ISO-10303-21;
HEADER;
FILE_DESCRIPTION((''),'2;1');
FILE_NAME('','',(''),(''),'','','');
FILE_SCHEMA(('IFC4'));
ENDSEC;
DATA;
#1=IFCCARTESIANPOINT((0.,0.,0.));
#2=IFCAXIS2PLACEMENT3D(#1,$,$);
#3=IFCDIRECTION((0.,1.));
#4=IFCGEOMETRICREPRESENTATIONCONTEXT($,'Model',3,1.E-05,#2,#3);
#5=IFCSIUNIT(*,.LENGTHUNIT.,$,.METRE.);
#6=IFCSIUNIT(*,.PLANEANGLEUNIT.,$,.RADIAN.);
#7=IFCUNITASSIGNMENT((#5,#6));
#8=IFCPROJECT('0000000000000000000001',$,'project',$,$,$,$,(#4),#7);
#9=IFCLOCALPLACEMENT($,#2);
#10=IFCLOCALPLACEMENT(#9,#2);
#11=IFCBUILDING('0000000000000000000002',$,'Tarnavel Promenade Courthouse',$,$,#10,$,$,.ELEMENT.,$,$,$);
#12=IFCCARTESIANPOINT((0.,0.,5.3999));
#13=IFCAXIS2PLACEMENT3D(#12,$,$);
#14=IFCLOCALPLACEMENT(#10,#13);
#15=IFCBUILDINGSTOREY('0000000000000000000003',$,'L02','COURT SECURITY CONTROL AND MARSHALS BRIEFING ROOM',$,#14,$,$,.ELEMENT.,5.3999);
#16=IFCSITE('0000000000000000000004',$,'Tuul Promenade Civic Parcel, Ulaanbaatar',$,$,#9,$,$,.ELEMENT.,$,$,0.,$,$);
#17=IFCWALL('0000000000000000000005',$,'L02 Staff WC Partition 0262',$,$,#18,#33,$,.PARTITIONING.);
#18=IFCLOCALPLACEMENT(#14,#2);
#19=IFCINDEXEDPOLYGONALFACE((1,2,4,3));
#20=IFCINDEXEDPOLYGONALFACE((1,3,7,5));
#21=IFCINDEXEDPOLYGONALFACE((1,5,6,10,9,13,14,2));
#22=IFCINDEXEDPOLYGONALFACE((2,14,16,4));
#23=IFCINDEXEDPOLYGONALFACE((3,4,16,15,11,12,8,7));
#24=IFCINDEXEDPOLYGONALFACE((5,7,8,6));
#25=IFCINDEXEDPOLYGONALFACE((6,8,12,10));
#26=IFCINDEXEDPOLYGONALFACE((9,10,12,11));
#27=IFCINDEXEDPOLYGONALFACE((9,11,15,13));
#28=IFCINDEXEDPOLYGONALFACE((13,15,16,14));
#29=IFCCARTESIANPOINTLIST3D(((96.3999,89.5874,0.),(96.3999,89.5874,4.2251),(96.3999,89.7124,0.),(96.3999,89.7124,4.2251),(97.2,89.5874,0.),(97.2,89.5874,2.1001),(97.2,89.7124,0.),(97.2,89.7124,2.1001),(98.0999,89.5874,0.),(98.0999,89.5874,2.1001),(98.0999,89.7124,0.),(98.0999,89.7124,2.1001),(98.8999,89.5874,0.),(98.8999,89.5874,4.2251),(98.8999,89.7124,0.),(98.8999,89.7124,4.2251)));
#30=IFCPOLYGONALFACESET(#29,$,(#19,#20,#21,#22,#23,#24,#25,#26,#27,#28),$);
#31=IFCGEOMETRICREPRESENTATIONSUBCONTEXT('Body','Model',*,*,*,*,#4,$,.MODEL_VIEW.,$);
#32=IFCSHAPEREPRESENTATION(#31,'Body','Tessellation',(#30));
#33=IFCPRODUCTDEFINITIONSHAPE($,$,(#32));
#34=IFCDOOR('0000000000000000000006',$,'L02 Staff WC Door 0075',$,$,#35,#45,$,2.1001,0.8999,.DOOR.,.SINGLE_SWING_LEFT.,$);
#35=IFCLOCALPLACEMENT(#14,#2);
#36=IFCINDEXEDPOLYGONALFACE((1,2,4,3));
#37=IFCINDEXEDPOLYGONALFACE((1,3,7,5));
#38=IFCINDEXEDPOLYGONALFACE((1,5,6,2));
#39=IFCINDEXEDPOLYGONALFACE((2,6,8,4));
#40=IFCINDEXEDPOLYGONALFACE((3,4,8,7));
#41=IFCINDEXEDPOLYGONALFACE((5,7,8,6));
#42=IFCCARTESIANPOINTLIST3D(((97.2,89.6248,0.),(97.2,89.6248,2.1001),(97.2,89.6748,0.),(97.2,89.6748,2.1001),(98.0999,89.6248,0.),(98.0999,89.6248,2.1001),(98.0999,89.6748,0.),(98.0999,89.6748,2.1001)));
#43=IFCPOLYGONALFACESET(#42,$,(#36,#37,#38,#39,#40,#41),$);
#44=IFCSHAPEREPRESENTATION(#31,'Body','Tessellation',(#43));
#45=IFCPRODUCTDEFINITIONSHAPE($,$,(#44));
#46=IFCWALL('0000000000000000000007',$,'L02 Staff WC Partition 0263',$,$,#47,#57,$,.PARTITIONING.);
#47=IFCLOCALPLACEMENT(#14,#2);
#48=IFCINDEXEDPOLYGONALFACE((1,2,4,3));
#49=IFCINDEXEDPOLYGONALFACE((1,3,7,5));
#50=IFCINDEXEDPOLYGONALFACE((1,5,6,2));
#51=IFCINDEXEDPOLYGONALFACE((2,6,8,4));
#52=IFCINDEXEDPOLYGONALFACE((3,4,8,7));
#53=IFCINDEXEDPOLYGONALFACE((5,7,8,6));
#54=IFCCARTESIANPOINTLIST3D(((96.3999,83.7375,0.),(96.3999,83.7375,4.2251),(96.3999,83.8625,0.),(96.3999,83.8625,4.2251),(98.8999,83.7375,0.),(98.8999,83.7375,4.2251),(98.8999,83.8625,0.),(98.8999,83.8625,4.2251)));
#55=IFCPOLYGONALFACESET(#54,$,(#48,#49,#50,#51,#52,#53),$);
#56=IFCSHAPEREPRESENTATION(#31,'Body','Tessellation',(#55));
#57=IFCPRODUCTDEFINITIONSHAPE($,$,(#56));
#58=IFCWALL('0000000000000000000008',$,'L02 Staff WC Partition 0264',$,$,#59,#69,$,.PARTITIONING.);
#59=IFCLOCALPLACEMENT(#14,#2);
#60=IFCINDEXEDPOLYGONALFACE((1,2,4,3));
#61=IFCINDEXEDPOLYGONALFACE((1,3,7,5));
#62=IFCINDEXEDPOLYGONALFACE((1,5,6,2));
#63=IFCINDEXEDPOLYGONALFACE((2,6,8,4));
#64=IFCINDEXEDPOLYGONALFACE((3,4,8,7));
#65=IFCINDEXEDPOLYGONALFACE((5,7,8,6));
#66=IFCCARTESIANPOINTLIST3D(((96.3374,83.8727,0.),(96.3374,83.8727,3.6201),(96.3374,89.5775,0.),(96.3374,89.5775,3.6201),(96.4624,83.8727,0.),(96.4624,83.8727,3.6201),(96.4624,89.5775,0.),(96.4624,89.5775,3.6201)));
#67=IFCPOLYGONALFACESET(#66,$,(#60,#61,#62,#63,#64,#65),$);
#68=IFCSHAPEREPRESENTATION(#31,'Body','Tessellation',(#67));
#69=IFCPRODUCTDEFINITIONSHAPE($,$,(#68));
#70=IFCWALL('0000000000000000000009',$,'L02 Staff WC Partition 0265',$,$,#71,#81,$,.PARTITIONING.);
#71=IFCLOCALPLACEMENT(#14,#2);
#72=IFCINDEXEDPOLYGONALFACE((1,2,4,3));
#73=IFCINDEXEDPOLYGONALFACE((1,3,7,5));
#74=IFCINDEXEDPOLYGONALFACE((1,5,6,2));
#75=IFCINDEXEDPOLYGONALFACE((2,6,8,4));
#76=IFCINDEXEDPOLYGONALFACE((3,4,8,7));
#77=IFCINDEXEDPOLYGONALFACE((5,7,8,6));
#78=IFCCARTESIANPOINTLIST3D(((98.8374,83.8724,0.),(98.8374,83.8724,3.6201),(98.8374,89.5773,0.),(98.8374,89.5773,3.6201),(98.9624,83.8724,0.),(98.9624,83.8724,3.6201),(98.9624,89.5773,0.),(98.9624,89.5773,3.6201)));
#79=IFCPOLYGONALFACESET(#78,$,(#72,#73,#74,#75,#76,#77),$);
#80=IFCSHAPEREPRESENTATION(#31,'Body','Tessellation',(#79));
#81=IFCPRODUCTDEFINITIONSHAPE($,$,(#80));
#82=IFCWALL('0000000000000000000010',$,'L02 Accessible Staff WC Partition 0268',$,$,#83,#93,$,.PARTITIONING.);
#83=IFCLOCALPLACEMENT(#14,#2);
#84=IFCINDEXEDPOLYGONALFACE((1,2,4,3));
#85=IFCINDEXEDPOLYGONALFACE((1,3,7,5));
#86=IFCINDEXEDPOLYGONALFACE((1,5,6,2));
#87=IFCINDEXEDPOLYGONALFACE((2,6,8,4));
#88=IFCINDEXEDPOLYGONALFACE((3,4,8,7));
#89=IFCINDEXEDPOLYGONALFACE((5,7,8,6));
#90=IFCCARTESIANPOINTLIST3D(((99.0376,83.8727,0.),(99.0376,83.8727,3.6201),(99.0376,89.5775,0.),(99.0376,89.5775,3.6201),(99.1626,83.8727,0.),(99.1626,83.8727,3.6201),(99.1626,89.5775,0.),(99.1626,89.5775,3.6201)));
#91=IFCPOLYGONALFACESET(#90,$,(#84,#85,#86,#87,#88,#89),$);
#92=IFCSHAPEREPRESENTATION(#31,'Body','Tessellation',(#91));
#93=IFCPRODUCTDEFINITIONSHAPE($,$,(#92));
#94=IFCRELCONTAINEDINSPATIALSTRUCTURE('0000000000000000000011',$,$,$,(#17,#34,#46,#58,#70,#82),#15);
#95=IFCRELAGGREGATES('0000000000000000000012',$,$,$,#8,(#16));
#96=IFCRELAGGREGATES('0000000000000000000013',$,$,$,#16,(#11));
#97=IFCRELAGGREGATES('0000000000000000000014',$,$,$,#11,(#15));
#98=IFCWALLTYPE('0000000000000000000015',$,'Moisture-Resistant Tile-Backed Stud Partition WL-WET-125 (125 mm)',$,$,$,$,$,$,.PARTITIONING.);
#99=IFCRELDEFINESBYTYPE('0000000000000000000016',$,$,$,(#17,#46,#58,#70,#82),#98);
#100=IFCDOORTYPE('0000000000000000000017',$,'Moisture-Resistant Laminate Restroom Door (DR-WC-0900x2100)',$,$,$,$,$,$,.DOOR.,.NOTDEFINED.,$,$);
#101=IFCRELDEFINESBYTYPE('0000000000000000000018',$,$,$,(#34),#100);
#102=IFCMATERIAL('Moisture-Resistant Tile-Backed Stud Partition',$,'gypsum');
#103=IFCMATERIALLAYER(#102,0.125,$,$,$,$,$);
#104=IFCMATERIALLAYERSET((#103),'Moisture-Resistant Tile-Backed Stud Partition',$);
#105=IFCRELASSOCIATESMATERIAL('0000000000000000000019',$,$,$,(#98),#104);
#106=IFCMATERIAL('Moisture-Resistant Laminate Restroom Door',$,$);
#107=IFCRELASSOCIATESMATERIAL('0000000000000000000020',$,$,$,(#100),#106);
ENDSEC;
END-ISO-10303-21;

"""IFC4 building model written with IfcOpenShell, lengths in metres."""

from ifc_helpers import new_model, si_unit, direction, frame, frame_2d, origin, place, context, subcontext, project, spatial, rectangle, extrude, material, layer, layer_set, type_object, element, fill, save


model = new_model("IFC4")

# Units and contexts
model_context = context("Model", 3, precision=1e-05, world=origin(), true_north=direction((0.0, 1.0)))
body_context = subcontext(model_context, "Body", "Model", "MODEL_VIEW")
ifc_project = project(units=[si_unit("LENGTHUNIT", "METRE"), si_unit("PLANEANGLEUNIT", "RADIAN")], contexts=[model_context])

# Site, building, storey
site_placement = place(None, origin())
site = spatial("IfcSite", under=ifc_project, at=site_placement, Name="Tuul Promenade Civic Parcel, Ulaanbaatar", CompositionType="ELEMENT", RefElevation=0.0)
building_placement = place(site_placement, origin())
building = spatial("IfcBuilding", under=site, at=building_placement, Name="Tarnavel Promenade Courthouse", CompositionType="ELEMENT")
storey_placement = place(building_placement, frame((0.0, 0.0, 5.3999)))
storey = spatial("IfcBuildingStorey", under=building, at=storey_placement, Name="L02", Description="COURT SECURITY CONTROL AND MARSHALS BRIEFING ROOM", CompositionType="ELEMENT", Elevation=5.3999)

# Wall, opening, door
ifc_material_1 = material(Name="Moisture-Resistant Tile-Backed Stud Partition", Category="gypsum")
ifc_layer_1 = layer(ifc_material_1, 0.125)
ifc_layer_set_1 = layer_set([ifc_layer_1], Name="Moisture-Resistant Tile-Backed Stud Partition")
wall_type_1 = type_object("IfcWallType", Name="Moisture-Resistant Tile-Backed Stud Partition WL-WET-125 (125 mm)", PredefinedType="PARTITIONING", material=ifc_layer_set_1)
wall_1_placement = place(storey_placement, frame((96.3999, 89.6499, 0.0), z_axis=(0.0, 0.0, 1.0), x_axis=(1.0, 0.0, 0.0)))
wall_1 = element("IfcWall", 1, at=wall_1_placement, inside=storey, type_object=wall_type_1, Name="L02 Staff WC Partition 0262", PredefinedType="PARTITIONING", context=body_context, shape_type="SweptSolid", body=[
    extrude(rectangle(XDim=2.5, YDim=0.125, at=frame_2d((1.25, 0.0))), origin(), (0.0, 0.0, 1.0), 4.2251),
])
opening_1_placement = place(wall_1_placement, frame((0.8, 0.0, 0.0)))
opening_1 = element("IfcOpeningElement", 2, at=opening_1_placement, cuts=wall_1, PredefinedType="OPENING", context=body_context, shape_type="SweptSolid", body=[
    extrude(rectangle(XDim=0.8999, YDim=2.1001, at=frame_2d((0.45, 1.05))), frame((0.0, 0.0725, 0.0), z_axis=(0.0, -1.0, 0.0), x_axis=(1.0, 0.0, 0.0)), (0.0, 0.0, 1.0), 0.145),
])
ifc_material_2 = material(Name="Moisture-Resistant Laminate Restroom Door")
door_type_1 = type_object("IfcDoorType", Name="Moisture-Resistant Laminate Restroom Door (DR-WC-0900x2100)", OperationType="NOTDEFINED", PredefinedType="DOOR", material=ifc_material_2)
door_1_placement = place(opening_1_placement, origin())
door_1 = element("IfcDoor", 3, at=door_1_placement, inside=storey, type_object=door_type_1, Name="L02 Staff WC Door 0075", OperationType="SINGLE_SWING_LEFT", OverallHeight=2.1001, OverallWidth=0.8999, PredefinedType="DOOR", context=body_context, shape_type="SweptSolid", body=[
    extrude(rectangle(XDim=0.8999, YDim=2.1001, at=frame_2d((0.45, 1.05))), frame((0.0, 0.0249, 0.0), z_axis=(0.0, -1.0, 0.0), x_axis=(1.0, 0.0, 0.0)), (0.0, 0.0, 1.0), 0.05),
])
fill(opening_1, door_1)

# Walls
wall_2_placement = place(storey_placement, frame((98.8999, 83.8, 0.0), z_axis=(0.0, 0.0, 1.0), x_axis=(-1.0, 0.0, 0.0)))
element("IfcWall", 4, at=wall_2_placement, inside=storey, type_object=wall_type_1, Name="L02 Staff WC Partition 0263", PredefinedType="PARTITIONING", context=body_context, shape_type="SweptSolid", body=[
    extrude(rectangle(XDim=2.5, YDim=0.125, at=frame_2d((1.25, 0.0))), origin(), (0.0, 0.0, 1.0), 4.2251),
])
for number, where, z_axis, x_axis, name in (
    (5, (96.3999, 83.8726, 0.0), (0.0, 0.0, 1.0), (0.0, 1.0, 0.0), "L02 Staff WC Partition 0264"),
    (6, (98.8999, 89.5774, 0.0), (0.0, 0.0, 1.0), (0.0, -1.0, 0.0), "L02 Staff WC Partition 0265"),
    (7, (99.1001, 83.8726, 0.0), (0.0, 0.0, 1.0), (0.0, 1.0, 0.0), "L02 Accessible Staff WC Partition 0268"),
):
    element("IfcWall", number, at=place(storey_placement, frame(where, z_axis=z_axis, x_axis=x_axis)), inside=storey, type_object=wall_type_1, Name=name, PredefinedType="PARTITIONING", context=body_context, shape_type="SweptSolid", body=[
        extrude(rectangle(XDim=5.7048, YDim=0.125, at=frame_2d((2.8525, 0.0))), origin(), (0.0, 0.0, 1.0), 3.6201),
    ])

save(model, "model.ifc")
